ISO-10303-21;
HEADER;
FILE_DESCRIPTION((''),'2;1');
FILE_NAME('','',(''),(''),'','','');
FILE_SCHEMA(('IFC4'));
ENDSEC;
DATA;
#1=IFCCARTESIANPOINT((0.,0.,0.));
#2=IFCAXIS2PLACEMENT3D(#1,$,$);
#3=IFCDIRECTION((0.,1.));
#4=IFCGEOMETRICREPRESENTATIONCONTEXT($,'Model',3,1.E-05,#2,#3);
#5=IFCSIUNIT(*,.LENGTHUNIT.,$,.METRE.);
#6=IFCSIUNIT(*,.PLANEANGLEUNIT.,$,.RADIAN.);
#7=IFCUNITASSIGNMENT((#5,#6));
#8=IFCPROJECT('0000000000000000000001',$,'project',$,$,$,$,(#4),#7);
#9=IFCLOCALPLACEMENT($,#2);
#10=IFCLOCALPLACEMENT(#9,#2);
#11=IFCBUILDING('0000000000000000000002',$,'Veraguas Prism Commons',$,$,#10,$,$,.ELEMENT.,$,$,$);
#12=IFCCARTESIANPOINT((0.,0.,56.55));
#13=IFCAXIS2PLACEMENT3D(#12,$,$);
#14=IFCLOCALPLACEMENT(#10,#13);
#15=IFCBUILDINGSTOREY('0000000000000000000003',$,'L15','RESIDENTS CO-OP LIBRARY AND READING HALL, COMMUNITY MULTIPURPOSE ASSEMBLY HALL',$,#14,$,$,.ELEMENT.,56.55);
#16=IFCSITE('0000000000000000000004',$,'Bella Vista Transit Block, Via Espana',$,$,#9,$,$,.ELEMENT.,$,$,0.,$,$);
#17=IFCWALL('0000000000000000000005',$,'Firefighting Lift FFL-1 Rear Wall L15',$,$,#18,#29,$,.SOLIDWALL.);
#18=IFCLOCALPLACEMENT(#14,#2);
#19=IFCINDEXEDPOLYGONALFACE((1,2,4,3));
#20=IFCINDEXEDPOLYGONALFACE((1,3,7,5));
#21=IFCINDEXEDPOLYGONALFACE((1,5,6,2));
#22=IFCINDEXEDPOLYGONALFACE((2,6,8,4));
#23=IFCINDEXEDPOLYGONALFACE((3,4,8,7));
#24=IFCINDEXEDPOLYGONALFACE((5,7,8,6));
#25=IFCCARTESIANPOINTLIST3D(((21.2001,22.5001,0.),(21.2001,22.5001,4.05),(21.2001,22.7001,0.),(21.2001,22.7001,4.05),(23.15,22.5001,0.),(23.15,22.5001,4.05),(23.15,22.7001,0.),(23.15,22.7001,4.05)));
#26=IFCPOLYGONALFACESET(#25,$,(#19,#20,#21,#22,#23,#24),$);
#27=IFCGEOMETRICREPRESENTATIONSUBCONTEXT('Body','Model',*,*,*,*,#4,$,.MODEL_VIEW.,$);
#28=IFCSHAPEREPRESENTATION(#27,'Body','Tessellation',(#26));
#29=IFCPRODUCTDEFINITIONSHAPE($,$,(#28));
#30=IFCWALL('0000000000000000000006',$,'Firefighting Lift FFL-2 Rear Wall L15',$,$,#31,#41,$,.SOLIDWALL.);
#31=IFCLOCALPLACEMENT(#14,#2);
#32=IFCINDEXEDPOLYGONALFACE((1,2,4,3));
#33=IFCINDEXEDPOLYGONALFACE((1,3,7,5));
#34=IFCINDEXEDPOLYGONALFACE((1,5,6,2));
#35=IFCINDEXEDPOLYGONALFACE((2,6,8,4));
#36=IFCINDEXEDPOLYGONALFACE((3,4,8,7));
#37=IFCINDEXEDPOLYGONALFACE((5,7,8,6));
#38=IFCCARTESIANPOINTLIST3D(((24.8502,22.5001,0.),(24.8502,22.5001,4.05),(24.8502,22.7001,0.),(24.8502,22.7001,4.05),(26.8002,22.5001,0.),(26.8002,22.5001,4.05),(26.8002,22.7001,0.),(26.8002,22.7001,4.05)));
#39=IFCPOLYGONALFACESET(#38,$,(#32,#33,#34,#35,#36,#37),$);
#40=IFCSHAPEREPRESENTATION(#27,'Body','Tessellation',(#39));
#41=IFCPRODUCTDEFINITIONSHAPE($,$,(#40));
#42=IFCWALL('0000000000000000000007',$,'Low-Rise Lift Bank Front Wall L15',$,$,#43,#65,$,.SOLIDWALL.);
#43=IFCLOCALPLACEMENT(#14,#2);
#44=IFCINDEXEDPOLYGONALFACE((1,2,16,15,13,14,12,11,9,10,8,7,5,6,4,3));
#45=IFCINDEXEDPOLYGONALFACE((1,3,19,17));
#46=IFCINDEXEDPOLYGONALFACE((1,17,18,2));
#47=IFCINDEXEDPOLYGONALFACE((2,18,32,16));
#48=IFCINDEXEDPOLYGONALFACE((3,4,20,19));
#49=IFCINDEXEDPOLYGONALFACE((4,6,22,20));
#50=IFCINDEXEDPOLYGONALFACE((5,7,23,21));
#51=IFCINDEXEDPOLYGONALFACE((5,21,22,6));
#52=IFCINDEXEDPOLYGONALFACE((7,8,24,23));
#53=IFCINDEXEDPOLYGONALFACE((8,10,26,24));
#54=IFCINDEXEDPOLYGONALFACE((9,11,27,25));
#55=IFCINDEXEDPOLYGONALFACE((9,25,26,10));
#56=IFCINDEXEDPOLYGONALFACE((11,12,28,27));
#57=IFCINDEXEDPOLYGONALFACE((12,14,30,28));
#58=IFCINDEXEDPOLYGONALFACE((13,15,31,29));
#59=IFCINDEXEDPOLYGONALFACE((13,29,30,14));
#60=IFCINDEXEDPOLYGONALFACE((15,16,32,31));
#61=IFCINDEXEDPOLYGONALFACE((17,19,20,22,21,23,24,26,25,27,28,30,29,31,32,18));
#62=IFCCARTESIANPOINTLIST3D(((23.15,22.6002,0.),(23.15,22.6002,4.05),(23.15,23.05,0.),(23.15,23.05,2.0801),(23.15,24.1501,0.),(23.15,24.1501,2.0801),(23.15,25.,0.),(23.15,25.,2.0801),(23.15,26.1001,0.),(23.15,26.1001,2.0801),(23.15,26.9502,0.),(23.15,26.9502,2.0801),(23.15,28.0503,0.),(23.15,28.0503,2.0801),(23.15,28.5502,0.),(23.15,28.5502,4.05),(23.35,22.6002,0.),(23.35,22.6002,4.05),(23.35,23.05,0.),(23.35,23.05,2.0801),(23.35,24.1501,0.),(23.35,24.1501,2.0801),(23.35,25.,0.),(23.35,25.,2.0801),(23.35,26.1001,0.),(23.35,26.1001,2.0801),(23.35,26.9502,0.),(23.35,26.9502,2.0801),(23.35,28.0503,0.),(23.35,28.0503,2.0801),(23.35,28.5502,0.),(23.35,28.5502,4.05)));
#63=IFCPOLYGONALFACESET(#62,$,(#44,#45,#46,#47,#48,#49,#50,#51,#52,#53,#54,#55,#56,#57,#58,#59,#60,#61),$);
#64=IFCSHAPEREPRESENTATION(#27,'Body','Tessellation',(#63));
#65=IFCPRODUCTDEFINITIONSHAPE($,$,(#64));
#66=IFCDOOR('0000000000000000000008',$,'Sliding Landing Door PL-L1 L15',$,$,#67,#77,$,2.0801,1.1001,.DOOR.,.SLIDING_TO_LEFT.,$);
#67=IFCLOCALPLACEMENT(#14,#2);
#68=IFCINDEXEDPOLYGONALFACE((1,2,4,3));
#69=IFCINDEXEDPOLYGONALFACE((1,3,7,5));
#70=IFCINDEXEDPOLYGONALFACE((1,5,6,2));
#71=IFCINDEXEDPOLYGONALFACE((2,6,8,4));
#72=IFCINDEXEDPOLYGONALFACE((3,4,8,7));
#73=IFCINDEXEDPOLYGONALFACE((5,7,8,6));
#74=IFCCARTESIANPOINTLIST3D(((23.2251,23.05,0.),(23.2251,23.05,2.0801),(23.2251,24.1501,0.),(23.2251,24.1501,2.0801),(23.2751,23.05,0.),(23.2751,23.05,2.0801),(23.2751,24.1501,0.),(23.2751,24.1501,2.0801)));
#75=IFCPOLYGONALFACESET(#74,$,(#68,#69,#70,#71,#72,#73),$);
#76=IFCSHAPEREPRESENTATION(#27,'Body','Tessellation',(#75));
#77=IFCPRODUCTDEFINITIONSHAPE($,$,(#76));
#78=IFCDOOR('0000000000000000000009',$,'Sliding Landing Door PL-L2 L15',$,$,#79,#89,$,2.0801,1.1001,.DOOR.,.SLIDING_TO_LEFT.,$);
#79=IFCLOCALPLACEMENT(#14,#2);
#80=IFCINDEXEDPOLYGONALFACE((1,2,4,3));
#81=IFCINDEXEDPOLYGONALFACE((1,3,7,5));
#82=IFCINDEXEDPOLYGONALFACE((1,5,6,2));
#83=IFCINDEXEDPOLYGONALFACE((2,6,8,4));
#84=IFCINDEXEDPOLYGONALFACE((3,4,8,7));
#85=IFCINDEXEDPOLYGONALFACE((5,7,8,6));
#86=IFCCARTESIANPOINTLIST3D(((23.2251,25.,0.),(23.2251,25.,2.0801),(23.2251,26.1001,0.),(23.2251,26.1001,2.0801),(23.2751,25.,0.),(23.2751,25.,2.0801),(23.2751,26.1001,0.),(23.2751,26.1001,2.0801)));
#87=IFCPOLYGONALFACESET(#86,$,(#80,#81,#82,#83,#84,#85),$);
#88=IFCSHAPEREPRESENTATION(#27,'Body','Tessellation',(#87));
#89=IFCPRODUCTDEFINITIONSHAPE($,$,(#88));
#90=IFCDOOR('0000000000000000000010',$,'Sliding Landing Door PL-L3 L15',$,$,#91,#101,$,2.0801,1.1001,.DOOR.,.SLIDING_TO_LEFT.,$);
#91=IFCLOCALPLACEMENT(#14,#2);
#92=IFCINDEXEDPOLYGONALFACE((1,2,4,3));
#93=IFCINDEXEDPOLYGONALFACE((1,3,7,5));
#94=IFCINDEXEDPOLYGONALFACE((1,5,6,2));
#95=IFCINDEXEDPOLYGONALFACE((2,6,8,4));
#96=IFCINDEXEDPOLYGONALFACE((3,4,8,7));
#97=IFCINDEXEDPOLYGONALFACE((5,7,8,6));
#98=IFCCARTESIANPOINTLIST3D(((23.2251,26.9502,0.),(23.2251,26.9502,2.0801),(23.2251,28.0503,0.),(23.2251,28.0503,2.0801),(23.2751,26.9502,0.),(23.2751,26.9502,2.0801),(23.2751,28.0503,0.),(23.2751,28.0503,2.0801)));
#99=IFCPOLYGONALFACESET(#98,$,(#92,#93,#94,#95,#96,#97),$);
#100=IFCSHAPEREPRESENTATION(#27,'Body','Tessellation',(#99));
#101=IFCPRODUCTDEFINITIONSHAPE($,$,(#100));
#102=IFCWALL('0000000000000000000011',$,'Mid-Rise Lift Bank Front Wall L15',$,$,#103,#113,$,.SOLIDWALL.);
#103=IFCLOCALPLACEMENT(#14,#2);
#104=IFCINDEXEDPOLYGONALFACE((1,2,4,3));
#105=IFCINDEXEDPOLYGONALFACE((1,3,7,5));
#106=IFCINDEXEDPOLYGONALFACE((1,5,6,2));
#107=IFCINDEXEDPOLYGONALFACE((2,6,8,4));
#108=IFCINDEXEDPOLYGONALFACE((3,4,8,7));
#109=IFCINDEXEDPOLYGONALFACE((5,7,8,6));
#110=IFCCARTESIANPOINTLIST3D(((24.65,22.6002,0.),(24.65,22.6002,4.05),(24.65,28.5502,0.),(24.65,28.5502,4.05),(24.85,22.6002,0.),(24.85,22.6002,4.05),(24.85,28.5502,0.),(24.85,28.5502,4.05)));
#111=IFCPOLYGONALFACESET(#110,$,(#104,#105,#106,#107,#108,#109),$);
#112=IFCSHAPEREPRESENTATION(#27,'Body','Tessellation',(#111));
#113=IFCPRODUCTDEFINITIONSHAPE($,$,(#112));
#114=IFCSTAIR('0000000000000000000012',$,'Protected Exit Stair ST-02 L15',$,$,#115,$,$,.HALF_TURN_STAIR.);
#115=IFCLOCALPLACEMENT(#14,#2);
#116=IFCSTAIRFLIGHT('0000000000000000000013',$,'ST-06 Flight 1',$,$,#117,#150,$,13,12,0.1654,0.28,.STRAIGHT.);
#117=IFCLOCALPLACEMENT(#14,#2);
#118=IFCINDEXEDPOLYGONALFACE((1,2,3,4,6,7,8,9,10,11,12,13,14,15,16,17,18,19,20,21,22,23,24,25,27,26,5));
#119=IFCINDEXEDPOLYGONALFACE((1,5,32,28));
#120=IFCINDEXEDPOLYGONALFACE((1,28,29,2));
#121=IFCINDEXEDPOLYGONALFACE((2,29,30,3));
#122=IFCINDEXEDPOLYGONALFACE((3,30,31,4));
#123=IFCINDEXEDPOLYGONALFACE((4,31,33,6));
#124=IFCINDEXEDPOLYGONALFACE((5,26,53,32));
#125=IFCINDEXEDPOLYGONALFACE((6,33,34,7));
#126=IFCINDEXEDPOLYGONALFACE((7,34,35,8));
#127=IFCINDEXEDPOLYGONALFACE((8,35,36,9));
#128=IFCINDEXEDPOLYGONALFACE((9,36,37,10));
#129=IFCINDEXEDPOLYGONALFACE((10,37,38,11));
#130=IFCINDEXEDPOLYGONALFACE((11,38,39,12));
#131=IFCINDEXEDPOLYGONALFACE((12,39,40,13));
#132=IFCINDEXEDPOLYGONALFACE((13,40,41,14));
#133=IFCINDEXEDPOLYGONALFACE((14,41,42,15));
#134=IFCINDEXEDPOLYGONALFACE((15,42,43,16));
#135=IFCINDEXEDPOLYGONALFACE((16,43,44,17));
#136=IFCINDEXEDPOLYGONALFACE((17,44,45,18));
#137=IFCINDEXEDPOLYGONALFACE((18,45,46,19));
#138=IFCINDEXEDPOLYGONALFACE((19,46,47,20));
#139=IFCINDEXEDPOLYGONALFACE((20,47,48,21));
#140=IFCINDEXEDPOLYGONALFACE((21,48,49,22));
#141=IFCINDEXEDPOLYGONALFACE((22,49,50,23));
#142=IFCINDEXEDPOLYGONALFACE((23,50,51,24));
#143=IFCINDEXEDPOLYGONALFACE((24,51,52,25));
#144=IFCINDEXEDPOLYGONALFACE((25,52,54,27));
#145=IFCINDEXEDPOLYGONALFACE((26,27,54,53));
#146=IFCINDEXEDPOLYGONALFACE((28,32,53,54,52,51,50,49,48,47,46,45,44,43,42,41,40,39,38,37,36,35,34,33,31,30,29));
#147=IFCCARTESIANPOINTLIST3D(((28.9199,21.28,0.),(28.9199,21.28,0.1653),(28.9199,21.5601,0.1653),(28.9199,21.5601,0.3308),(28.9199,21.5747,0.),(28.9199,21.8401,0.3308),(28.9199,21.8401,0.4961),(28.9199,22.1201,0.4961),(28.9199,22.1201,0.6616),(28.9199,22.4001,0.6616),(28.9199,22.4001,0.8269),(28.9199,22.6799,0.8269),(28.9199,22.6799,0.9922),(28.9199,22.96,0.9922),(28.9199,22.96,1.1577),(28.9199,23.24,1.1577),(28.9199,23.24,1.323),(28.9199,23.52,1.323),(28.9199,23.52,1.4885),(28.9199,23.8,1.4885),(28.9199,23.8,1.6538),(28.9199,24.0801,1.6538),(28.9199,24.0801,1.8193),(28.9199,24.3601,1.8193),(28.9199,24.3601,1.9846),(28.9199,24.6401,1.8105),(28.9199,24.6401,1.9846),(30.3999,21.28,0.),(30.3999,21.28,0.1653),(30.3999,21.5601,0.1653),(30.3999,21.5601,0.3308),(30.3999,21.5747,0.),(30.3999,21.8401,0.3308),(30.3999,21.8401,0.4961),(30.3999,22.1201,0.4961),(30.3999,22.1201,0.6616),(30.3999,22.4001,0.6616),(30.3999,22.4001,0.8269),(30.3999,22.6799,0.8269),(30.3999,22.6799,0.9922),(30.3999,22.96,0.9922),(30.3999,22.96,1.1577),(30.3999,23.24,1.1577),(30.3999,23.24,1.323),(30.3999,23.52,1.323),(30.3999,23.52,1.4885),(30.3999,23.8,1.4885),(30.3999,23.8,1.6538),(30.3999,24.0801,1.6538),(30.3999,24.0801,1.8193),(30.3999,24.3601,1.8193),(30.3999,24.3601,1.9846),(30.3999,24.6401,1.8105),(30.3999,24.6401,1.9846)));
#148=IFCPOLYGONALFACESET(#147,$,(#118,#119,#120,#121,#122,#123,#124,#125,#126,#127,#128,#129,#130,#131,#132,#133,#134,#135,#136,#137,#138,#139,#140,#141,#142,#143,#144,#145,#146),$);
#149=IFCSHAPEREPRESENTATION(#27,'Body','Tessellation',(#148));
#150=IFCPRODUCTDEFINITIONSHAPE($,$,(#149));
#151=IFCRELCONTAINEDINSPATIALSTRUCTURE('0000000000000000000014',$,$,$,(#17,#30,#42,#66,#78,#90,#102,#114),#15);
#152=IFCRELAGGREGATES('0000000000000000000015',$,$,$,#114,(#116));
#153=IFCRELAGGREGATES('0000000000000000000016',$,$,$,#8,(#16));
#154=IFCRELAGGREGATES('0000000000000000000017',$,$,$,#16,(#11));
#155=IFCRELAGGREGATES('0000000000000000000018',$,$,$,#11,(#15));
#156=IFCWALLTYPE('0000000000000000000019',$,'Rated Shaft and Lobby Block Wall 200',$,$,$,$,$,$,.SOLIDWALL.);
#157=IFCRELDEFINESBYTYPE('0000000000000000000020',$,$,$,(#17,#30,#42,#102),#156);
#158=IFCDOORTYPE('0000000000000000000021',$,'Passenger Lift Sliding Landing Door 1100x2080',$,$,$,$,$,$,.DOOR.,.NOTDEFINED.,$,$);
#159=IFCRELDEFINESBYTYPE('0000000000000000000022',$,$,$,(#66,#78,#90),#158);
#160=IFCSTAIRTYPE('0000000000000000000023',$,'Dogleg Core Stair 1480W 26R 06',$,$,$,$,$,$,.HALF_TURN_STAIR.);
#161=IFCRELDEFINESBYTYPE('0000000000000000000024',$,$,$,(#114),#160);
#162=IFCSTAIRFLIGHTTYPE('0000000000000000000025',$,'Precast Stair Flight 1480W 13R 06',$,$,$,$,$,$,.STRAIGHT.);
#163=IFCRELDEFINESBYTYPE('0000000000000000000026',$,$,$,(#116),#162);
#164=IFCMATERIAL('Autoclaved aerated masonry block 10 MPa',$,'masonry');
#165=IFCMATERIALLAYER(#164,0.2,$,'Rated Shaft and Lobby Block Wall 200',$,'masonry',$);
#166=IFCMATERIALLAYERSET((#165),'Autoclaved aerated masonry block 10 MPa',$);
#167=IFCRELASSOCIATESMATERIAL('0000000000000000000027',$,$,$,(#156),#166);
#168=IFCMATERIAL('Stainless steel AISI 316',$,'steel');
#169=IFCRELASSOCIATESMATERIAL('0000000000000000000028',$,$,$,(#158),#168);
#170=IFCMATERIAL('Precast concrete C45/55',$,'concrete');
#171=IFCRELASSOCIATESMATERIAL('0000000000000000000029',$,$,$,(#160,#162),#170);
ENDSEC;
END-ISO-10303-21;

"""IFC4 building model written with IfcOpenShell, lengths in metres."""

from ifc_helpers import new_model, si_unit, direction, frame, frame_2d, origin, place, context, subcontext, project, spatial, polyline, rectangle, outline, extrude, source, transform, mapped, material, layer, layer_set, type_object, element, fill, aggregate, save


model = new_model("IFC4")

# Units and contexts
model_context = context("Model", 3, precision=1e-05, world=origin(), true_north=direction((0.0, 1.0)))
body_context = subcontext(model_context, "Body", "Model", "MODEL_VIEW")
ifc_project = project(units=[si_unit("LENGTHUNIT", "METRE"), si_unit("PLANEANGLEUNIT", "RADIAN")], contexts=[model_context])

# Site, building, storey
site_placement = place(None, origin())
site = spatial("IfcSite", under=ifc_project, at=site_placement, Name="Bella Vista Transit Block, Via Espana", CompositionType="ELEMENT", RefElevation=0.0)
building_placement = place(site_placement, origin())
building = spatial("IfcBuilding", under=site, at=building_placement, Name="Veraguas Prism Commons", CompositionType="ELEMENT")
storey_placement = place(building_placement, frame((0.0, 0.0, 56.55)))
storey = spatial("IfcBuildingStorey", under=building, at=storey_placement, Name="L15", Description="RESIDENTS CO-OP LIBRARY AND READING HALL, COMMUNITY MULTIPURPOSE ASSEMBLY HALL", CompositionType="ELEMENT", Elevation=56.55)

# Shared definitions
ifc_material_1 = material(Name="Autoclaved aerated masonry block 10 MPa", Category="masonry")
ifc_layer_1 = layer(ifc_material_1, 0.2, Name="Rated Shaft and Lobby Block Wall 200", Category="masonry")
ifc_layer_set_1 = layer_set([ifc_layer_1], Name="Autoclaved aerated masonry block 10 MPa")
wall_type_1 = type_object("IfcWallType", Name="Rated Shaft and Lobby Block Wall 200", PredefinedType="SOLIDWALL", material=ifc_layer_set_1)
ifc_material_2 = material(Name="Stainless steel AISI 316", Category="steel")

# Walls
for number, where, z_axis, x_axis, name in (
    (1, (21.2, 22.6001, 0.0), (0.0, 0.0, 1.0), (1.0, 0.0, 0.0), "Firefighting Lift FFL-1 Rear Wall L15"),
    (2, (24.8501, 22.6001, 0.0), (0.0, 0.0, 1.0), (1.0, 0.0, 0.0), "Firefighting Lift FFL-2 Rear Wall L15"),
):
    element("IfcWall", number, at=place(storey_placement, frame(where, z_axis=z_axis, x_axis=x_axis)), inside=storey, type_object=wall_type_1, Name=name, PredefinedType="SOLIDWALL", context=body_context, shape_type="SweptSolid", body=[
        extrude(rectangle(XDim=1.95, YDim=0.2, at=frame_2d((0.9751, 0.0))), origin(), (0.0, 0.0, 1.0), 4.05),
    ])

# Wall, openings, doors
wall_1_placement = place(storey_placement, frame((23.25, 22.6001, 0.0), z_axis=(0.0, 0.0, 1.0), x_axis=(0.0, 1.0, 0.0)))
wall_1 = element("IfcWall", 3, at=wall_1_placement, inside=storey, type_object=wall_type_1, Name="Low-Rise Lift Bank Front Wall L15", PredefinedType="SOLIDWALL", context=body_context, shape_type="SweptSolid", body=[
    extrude(rectangle(XDim=5.95, YDim=0.2, at=frame_2d((2.9751, 0.0))), origin(), (0.0, 0.0, 1.0), 4.05),
])
opening_1_placement = place(wall_1_placement, frame((0.45, 0.0, 0.0)))
opening_1 = element("IfcOpeningElement", 4, at=opening_1_placement, cuts=wall_1, PredefinedType="OPENING", context=body_context, shape_type="SweptSolid", body=[
    extrude(rectangle(XDim=1.1001, YDim=2.0801, at=frame_2d((0.55, 1.04))), frame((0.0, 0.1099, 0.0), z_axis=(0.0, -1.0, 0.0), x_axis=(1.0, 0.0, 0.0)), (0.0, 0.0, 1.0), 0.22),
])
opening_2_placement = place(wall_1_placement, frame((2.3999, 0.0, 0.0)))
opening_2 = element("IfcOpeningElement", 5, at=opening_2_placement, cuts=wall_1, PredefinedType="OPENING", context=body_context, shape_type="SweptSolid", body=[
    extrude(rectangle(XDim=1.1001, YDim=2.0801, at=frame_2d((0.55, 1.04))), frame((0.0, 0.1099, 0.0), z_axis=(0.0, -1.0, 0.0), x_axis=(1.0, 0.0, 0.0)), (0.0, 0.0, 1.0), 0.22),
])
opening_3_placement = place(wall_1_placement, frame((4.3501, 0.0, 0.0)))
opening_3 = element("IfcOpeningElement", 6, at=opening_3_placement, cuts=wall_1, PredefinedType="OPENING", context=body_context, shape_type="SweptSolid", body=[
    extrude(rectangle(XDim=1.1001, YDim=2.0801, at=frame_2d((0.55, 1.04))), frame((0.0, 0.1099, 0.0), z_axis=(0.0, -1.0, 0.0), x_axis=(1.0, 0.0, 0.0)), (0.0, 0.0, 1.0), 0.22),
])
door_type_1 = type_object("IfcDoorType", Name="Passenger Lift Sliding Landing Door 1100x2080", OperationType="NOTDEFINED", PredefinedType="DOOR", material=ifc_material_2)
shared_shape_1 = source(origin(), body_context, "Body", "SweptSolid", [
    extrude(rectangle(XDim=1.1001, YDim=2.0801, at=frame_2d((0.55, 1.04))), frame((0.0, 0.0249, 0.0), z_axis=(0.0, -1.0, 0.0), x_axis=(1.0, 0.0, 0.0)), (0.0, 0.0, 1.0), 0.05),
])
door_1_placement = place(opening_1_placement, origin())
door_1 = element("IfcDoor", 7, at=door_1_placement, inside=storey, type_object=door_type_1, Name="Sliding Landing Door PL-L1 L15", OperationType="SLIDING_TO_LEFT", OverallHeight=2.0801, OverallWidth=1.1001, PredefinedType="DOOR", context=body_context, shape_type="MappedRepresentation", body=[
    mapped(shared_shape_1, transform((0.0, 0.0, 0.0), scale=1.0)),
])
fill(opening_1, door_1)
door_2_placement = place(opening_2_placement, origin())
door_2 = element("IfcDoor", 8, at=door_2_placement, inside=storey, type_object=door_type_1, Name="Sliding Landing Door PL-L2 L15", OperationType="SLIDING_TO_LEFT", OverallHeight=2.0801, OverallWidth=1.1001, PredefinedType="DOOR", context=body_context, shape_type="MappedRepresentation", body=[
    mapped(shared_shape_1, transform((0.0, 0.0, 0.0), scale=1.0)),
])
fill(opening_2, door_2)
door_3_placement = place(opening_3_placement, origin())
door_3 = element("IfcDoor", 9, at=door_3_placement, inside=storey, type_object=door_type_1, Name="Sliding Landing Door PL-L3 L15", OperationType="SLIDING_TO_LEFT", OverallHeight=2.0801, OverallWidth=1.1001, PredefinedType="DOOR", context=body_context, shape_type="MappedRepresentation", body=[
    mapped(shared_shape_1, transform((0.0, 0.0, 0.0), scale=1.0)),
])
fill(opening_3, door_3)

# Wall
wall_2_placement = place(storey_placement, frame((24.75, 22.6001, 0.0), z_axis=(0.0, 0.0, 1.0), x_axis=(0.0, 1.0, 0.0)))
element("IfcWall", 10, at=wall_2_placement, inside=storey, type_object=wall_type_1, Name="Mid-Rise Lift Bank Front Wall L15", PredefinedType="SOLIDWALL", context=body_context, shape_type="SweptSolid", body=[
    extrude(rectangle(XDim=5.95, YDim=0.2, at=frame_2d((2.9751, 0.0))), origin(), (0.0, 0.0, 1.0), 4.05),
])

# Stair, stair flight
ifc_material_3 = material(Name="Precast concrete C45/55", Category="concrete")
stair_type = type_object("IfcStairType", Name="Dogleg Core Stair 1480W 26R 06", PredefinedType="HALF_TURN_STAIR", material=ifc_material_3)
stair_placement = place(storey_placement, origin())
stair = element("IfcStair", 11, at=stair_placement, inside=storey, type_object=stair_type, Name="Protected Exit Stair ST-02 L15", PredefinedType="HALF_TURN_STAIR")
stair_flight_type = type_object("IfcStairFlightType", Name="Precast Stair Flight 1480W 13R 06", PredefinedType="STRAIGHT", material=ifc_material_3)
stair_flight_placement = place(storey_placement, frame((29.6599, 21.28, 0.0), z_axis=(0.0, 0.0, 1.0), x_axis=(0.0, 1.0, 0.0)))
stair_flight = element("IfcStairFlight", 12, at=stair_flight_placement, type_object=stair_flight_type, Name="ST-06 Flight 1", NumberOfRisers=13, NumberOfTreads=12, PredefinedType="STRAIGHT", RiserHeight=0.1654, TreadLength=0.28, context=body_context, shape_type="SweptSolid", body=[
    extrude(outline(polyline([(0.0, 0.0), (0.0, 0.1653), (0.28, 0.1653), (0.28, 0.3308), (0.5601, 0.3308), (0.5601, 0.4961), (0.8401, 0.4961), (0.8401, 0.6616), (1.1201, 0.6616), (1.1201, 0.8269), (1.3999, 0.8269), (1.3999, 0.9922), (1.6799, 0.9922), (1.6799, 1.1577), (1.96, 1.1577), (1.96, 1.323), (2.24, 1.323), (2.24, 1.4885), (2.52, 1.4885), (2.52, 1.6538), (2.8, 1.6538), (2.8, 1.8193), (3.0801, 1.8193), (3.0801, 1.9846), (3.3601, 1.9846), (3.3601, 2.1499), (3.3601, 1.8105), (0.2947, 0.0), (0.0, 0.0)])), frame((0.0, 0.74, 0.0), z_axis=(0.0, -1.0, 0.0), x_axis=(1.0, 0.0, 0.0)), (0.0, 0.0, 1.0), 1.48),
])
aggregate(stair, [stair_flight])

save(model, "model.ifc")
